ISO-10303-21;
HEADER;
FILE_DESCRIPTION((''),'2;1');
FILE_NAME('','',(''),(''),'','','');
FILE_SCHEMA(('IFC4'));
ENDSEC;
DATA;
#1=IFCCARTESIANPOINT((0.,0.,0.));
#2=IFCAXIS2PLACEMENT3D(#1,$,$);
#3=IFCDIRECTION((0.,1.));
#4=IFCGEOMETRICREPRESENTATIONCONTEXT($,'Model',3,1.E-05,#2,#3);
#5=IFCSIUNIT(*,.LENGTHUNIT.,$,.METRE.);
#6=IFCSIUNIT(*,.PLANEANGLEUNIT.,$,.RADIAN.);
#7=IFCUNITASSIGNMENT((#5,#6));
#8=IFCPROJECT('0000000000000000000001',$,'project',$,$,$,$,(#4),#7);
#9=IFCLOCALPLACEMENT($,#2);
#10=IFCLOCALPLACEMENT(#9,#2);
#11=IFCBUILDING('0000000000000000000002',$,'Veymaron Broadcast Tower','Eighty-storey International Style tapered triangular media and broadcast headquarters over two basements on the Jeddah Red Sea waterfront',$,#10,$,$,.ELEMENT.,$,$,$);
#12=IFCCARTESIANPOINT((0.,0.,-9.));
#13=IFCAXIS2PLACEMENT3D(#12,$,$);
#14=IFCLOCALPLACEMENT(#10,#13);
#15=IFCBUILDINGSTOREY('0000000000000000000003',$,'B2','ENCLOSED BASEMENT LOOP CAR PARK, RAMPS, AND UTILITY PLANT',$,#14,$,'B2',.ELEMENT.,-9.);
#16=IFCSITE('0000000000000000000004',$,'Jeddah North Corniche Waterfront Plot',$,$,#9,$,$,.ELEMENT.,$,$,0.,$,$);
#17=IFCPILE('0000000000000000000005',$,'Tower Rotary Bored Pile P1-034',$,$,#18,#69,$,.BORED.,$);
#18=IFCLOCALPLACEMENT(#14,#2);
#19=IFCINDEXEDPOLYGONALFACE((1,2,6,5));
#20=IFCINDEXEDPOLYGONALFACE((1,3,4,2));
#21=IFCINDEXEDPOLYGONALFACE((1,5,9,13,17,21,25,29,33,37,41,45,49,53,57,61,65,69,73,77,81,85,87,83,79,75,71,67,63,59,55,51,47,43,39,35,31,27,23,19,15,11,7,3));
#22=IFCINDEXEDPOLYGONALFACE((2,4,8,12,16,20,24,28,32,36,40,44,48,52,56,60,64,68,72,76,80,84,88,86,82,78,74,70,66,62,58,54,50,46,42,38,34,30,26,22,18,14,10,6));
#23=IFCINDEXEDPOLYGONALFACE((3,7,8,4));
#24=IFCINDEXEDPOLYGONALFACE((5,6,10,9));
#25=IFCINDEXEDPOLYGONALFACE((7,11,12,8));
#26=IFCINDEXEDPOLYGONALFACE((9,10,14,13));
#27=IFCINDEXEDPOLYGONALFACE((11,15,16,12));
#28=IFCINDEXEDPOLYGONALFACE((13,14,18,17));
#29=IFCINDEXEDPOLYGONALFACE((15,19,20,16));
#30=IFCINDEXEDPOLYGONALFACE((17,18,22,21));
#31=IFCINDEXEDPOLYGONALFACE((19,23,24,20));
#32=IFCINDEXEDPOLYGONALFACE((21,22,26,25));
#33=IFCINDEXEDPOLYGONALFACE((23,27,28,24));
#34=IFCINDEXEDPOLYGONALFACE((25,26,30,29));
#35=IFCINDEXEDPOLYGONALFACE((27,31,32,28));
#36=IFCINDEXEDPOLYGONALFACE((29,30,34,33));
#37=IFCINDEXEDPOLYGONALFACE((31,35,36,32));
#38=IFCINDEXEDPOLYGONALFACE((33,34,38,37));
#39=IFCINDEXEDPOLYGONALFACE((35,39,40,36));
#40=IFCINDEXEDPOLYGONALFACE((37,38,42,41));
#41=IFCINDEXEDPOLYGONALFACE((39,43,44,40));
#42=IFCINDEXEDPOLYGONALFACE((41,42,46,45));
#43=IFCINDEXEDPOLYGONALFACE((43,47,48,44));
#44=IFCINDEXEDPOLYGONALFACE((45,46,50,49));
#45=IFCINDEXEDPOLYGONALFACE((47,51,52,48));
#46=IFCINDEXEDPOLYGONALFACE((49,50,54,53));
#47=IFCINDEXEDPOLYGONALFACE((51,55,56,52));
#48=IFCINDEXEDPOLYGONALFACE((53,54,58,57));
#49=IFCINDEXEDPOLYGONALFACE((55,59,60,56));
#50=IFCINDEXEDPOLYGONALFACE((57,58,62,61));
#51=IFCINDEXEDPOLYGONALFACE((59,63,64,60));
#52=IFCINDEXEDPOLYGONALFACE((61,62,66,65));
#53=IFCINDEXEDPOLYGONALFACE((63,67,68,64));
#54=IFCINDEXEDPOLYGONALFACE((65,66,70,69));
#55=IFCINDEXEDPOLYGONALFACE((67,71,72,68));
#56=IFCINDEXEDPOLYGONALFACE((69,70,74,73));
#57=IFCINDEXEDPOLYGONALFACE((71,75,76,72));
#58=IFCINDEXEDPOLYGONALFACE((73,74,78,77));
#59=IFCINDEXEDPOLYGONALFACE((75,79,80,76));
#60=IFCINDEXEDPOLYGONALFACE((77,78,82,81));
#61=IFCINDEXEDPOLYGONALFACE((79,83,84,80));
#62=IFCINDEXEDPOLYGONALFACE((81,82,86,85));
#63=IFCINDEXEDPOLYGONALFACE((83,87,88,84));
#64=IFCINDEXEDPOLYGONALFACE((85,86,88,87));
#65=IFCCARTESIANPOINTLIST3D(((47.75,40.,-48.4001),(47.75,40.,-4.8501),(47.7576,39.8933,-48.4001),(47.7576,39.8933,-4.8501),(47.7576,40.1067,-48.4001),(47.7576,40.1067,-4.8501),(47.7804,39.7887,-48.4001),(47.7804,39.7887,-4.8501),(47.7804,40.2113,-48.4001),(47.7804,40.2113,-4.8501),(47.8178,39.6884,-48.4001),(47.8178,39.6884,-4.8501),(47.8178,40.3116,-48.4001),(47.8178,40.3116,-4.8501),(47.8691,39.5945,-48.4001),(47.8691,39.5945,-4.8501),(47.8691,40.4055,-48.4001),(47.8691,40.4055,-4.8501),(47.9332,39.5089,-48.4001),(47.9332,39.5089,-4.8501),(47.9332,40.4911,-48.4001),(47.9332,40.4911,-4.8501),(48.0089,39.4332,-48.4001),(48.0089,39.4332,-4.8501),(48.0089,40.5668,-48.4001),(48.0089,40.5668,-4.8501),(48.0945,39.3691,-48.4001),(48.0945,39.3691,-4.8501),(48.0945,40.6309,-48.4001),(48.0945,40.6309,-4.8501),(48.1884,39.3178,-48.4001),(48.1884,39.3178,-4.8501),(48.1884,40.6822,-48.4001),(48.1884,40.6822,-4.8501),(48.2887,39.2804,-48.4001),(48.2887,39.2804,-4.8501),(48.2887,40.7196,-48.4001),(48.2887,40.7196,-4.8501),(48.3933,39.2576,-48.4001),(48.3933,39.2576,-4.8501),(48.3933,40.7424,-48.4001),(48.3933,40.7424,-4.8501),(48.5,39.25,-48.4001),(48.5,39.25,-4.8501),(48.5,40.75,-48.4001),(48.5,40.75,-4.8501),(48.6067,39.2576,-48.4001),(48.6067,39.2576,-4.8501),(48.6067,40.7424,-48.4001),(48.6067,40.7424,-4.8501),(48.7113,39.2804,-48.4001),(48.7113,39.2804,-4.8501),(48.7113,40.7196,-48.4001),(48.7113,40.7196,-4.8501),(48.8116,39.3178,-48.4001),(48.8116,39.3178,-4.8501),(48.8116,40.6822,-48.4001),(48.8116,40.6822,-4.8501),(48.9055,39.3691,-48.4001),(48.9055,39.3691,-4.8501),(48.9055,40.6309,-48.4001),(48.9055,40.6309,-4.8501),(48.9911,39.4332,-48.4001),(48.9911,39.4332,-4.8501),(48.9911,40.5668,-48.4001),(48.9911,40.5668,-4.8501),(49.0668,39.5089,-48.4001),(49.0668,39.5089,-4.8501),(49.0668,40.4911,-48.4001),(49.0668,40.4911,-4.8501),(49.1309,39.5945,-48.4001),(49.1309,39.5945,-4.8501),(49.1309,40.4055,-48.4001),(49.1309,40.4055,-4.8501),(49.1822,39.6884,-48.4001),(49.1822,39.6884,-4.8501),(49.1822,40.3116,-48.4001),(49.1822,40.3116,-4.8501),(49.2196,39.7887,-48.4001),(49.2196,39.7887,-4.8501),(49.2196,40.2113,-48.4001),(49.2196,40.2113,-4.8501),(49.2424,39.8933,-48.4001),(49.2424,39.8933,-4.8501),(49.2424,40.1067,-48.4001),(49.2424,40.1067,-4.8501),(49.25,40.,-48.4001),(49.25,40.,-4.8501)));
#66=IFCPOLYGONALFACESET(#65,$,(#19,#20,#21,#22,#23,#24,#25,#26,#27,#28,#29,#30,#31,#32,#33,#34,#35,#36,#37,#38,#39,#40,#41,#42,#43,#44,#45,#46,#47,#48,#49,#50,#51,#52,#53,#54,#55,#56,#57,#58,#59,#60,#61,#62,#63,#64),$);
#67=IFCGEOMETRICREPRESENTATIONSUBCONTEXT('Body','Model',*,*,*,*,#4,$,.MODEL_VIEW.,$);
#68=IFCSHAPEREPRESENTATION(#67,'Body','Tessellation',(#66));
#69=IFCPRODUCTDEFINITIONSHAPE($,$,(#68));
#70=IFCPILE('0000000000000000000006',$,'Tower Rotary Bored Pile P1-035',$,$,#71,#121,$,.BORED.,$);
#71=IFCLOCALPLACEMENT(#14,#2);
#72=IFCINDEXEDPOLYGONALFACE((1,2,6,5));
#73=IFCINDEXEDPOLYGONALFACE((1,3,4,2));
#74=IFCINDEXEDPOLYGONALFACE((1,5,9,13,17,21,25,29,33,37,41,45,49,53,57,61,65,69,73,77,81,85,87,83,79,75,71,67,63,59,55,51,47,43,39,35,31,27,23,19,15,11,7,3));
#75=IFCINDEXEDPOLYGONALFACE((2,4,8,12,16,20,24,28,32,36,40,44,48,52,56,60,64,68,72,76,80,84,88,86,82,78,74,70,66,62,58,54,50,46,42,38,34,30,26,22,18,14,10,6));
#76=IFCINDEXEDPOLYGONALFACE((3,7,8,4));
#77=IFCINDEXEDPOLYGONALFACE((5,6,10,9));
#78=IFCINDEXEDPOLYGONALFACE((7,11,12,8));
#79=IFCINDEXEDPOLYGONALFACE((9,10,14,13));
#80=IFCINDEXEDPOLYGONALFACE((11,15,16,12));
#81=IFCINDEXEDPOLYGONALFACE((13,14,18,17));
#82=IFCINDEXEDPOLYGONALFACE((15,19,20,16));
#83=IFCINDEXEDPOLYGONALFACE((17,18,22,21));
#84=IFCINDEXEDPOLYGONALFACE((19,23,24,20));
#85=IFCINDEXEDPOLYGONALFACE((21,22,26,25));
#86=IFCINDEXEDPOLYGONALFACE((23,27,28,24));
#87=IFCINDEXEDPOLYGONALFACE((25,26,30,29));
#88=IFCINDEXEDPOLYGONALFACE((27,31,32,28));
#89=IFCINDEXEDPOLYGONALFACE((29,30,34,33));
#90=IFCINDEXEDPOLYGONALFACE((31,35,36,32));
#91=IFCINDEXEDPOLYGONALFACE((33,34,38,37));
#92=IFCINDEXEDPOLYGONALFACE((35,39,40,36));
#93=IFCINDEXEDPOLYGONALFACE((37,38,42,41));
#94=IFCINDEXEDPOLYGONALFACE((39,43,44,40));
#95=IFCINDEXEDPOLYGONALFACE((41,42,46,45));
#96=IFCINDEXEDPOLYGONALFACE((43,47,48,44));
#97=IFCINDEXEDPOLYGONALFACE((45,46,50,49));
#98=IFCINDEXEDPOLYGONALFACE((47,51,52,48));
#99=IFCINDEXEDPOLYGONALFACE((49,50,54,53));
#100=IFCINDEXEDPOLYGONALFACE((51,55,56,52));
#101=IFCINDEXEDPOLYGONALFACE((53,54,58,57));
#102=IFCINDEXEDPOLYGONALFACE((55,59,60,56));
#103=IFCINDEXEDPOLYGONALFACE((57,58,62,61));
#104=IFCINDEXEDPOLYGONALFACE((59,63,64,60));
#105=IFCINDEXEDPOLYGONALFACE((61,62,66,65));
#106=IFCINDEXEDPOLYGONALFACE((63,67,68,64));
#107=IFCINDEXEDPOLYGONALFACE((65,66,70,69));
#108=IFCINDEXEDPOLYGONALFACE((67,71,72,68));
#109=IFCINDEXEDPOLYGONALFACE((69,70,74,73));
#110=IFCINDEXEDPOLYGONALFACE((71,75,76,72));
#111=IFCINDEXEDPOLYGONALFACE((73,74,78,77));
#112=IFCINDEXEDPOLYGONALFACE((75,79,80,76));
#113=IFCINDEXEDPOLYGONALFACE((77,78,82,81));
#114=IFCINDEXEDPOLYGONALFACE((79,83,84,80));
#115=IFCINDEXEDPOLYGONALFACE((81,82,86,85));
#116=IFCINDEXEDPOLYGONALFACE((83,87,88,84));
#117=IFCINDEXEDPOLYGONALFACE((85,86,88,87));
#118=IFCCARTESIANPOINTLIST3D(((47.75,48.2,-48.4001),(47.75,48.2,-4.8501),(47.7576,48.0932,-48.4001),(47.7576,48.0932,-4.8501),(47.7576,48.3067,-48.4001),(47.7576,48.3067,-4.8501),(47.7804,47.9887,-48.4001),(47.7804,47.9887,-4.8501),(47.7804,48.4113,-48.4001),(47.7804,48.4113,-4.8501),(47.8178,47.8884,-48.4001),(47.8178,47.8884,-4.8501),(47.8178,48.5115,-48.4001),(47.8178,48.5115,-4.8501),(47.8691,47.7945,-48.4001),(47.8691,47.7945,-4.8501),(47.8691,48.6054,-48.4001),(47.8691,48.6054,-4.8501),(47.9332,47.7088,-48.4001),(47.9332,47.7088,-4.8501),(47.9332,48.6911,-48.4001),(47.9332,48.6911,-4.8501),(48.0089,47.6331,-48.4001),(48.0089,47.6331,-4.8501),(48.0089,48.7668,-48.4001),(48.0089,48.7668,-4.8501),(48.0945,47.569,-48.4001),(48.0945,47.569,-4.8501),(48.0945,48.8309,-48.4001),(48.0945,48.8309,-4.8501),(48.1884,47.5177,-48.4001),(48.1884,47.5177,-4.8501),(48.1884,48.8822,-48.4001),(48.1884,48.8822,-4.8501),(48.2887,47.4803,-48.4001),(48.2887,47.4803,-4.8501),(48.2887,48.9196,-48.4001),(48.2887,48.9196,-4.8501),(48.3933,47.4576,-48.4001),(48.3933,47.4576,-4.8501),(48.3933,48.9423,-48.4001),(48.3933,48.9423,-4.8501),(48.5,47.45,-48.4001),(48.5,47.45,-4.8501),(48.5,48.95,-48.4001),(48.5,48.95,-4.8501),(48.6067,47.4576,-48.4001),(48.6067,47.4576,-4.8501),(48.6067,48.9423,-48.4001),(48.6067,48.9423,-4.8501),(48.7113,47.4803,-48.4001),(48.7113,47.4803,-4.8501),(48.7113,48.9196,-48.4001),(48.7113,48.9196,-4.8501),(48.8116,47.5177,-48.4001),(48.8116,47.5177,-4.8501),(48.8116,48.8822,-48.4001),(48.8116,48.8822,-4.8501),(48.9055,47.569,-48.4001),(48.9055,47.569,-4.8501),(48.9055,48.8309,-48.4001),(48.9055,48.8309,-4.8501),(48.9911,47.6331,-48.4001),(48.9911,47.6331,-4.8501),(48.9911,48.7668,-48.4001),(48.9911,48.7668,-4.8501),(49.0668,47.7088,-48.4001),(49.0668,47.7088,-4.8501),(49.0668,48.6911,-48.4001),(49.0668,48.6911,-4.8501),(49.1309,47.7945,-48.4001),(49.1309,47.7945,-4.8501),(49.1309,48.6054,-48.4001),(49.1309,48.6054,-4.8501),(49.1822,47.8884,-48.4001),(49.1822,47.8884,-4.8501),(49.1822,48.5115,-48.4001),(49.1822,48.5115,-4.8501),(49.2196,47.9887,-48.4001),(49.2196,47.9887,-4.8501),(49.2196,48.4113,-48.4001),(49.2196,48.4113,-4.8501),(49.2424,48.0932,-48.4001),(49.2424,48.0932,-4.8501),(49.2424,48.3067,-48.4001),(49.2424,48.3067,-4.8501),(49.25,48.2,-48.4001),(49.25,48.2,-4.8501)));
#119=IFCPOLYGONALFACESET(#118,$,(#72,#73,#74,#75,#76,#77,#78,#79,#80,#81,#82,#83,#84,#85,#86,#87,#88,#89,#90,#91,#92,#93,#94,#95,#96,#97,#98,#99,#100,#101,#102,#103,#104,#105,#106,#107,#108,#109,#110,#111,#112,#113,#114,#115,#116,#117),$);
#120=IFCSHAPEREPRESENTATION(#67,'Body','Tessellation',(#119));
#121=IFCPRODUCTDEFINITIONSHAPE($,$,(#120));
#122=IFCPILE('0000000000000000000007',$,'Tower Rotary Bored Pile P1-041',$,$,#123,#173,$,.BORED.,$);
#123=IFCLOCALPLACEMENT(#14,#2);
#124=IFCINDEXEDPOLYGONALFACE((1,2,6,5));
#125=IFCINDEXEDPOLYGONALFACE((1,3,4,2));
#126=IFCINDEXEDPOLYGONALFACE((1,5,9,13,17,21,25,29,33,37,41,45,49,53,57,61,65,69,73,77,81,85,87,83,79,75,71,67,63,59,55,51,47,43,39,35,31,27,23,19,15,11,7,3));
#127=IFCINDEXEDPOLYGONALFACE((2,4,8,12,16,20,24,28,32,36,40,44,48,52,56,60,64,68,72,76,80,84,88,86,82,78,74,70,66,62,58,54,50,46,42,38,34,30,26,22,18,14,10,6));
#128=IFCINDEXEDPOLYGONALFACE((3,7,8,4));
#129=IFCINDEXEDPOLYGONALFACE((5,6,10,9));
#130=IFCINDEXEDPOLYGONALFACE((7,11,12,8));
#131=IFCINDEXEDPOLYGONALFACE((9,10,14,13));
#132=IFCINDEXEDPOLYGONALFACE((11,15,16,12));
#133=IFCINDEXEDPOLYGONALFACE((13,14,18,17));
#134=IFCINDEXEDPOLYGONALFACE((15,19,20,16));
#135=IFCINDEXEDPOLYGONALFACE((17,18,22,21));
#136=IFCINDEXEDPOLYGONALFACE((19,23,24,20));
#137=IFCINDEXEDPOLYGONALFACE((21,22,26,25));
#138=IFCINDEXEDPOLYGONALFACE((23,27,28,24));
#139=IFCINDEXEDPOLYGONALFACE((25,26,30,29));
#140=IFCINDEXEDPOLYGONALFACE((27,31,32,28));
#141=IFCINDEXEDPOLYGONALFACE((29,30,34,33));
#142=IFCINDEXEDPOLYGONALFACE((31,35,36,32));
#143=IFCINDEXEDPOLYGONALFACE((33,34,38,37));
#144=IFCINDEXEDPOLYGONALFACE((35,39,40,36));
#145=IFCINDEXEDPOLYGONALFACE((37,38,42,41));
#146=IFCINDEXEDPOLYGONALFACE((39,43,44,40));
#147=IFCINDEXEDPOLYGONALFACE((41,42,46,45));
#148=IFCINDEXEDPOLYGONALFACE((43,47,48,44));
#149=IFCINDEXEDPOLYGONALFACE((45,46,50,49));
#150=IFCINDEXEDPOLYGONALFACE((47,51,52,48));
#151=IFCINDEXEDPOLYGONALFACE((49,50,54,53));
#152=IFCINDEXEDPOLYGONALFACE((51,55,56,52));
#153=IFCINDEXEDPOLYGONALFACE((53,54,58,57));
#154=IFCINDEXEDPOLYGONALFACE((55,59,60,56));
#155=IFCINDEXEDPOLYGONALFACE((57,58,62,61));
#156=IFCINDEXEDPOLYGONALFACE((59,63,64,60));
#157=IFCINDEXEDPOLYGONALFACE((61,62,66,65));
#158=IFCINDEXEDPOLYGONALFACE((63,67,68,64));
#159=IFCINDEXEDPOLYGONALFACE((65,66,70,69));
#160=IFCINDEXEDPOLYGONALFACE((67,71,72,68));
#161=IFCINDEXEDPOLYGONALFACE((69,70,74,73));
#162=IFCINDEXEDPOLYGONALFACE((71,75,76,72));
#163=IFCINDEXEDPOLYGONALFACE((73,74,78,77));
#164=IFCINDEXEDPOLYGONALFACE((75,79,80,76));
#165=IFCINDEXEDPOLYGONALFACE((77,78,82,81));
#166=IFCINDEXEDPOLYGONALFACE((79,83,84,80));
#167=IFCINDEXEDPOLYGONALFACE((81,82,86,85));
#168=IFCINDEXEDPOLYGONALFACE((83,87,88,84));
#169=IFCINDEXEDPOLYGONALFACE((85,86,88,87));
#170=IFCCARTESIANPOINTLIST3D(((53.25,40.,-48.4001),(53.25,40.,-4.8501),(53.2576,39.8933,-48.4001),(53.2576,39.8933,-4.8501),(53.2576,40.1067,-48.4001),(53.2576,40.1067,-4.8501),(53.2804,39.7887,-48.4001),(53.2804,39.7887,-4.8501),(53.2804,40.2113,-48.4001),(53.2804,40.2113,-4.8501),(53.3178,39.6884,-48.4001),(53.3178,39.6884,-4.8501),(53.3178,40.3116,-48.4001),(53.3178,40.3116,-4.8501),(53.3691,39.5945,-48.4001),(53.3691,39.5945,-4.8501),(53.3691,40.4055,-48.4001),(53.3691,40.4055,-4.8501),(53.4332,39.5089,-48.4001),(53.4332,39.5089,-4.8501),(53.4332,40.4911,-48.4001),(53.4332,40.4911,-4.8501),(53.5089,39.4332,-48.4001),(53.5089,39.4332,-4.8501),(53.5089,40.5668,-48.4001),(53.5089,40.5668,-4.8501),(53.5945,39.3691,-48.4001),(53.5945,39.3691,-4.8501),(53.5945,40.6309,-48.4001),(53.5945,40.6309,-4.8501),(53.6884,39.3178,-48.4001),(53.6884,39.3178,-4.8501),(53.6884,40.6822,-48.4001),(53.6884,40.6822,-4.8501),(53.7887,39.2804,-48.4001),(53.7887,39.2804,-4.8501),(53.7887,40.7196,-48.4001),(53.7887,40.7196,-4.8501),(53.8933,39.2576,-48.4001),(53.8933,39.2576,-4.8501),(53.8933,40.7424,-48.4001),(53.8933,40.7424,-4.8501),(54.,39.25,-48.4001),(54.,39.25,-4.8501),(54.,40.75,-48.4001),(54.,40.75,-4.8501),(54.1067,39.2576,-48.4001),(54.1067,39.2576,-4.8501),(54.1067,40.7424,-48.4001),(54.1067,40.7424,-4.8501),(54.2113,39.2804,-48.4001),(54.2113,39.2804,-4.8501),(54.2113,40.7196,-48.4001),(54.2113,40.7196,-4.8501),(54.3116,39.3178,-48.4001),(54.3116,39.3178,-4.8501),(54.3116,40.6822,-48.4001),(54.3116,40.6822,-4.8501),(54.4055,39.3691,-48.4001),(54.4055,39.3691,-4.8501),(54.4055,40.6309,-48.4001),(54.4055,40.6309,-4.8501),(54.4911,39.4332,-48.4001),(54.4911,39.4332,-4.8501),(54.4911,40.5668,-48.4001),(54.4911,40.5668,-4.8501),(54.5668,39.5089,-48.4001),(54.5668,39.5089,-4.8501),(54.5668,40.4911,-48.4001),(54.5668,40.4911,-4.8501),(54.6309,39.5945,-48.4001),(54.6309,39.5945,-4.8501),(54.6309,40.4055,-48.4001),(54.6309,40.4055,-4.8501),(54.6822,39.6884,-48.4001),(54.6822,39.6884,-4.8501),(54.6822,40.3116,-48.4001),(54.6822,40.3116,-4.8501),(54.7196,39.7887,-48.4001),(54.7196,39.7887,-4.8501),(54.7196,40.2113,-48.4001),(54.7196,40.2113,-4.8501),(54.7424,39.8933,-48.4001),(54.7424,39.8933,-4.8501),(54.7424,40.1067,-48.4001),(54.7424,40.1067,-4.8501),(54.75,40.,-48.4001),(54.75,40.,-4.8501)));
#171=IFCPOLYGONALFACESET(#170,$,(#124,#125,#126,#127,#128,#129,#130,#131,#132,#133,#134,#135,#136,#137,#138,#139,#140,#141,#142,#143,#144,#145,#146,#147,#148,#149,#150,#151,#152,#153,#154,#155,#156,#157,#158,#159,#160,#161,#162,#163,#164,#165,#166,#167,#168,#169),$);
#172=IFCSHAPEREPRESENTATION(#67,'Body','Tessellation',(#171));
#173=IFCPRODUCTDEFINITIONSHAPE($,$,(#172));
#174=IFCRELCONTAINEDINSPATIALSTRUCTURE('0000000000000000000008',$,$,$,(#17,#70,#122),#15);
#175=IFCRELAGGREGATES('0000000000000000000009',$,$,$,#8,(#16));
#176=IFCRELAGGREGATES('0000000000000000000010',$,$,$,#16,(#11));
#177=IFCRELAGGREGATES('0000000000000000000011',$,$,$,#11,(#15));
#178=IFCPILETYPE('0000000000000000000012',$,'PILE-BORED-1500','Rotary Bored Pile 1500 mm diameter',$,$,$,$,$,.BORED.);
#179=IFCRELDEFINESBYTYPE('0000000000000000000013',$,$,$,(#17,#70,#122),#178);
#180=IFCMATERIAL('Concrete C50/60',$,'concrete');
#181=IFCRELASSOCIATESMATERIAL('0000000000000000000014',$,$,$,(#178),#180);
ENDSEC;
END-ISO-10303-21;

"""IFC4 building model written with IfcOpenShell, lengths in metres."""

from ifc_helpers import new_model, si_unit, direction, frame, origin, origin_2d, place, context, subcontext, project, spatial, circle, extrude, material, material_profile, profile_set, type_object, element, save


model = new_model("IFC4")

# Units and contexts
model_context = context("Model", 3, precision=1e-05, world=origin(), true_north=direction((0.0, 1.0)))
body_context = subcontext(model_context, "Body", "Model", "MODEL_VIEW")
ifc_project = project(units=[si_unit("LENGTHUNIT", "METRE"), si_unit("PLANEANGLEUNIT", "RADIAN")], contexts=[model_context])

# Site, building, storey
site_placement = place(None, origin())
site = spatial("IfcSite", under=ifc_project, at=site_placement, Name="Jeddah North Corniche Waterfront Plot", CompositionType="ELEMENT", RefElevation=0.0)
building_placement = place(site_placement, origin())
building = spatial("IfcBuilding", under=site, at=building_placement, Name="Veymaron Broadcast Tower", Description="Eighty-storey International Style tapered triangular media and broadcast headquarters over two basements on the Jeddah Red Sea waterfront", CompositionType="ELEMENT")
storey_placement = place(building_placement, frame((0.0, 0.0, -9.0)))
storey = spatial("IfcBuildingStorey", under=building, at=storey_placement, Name="B2", Description="ENCLOSED BASEMENT LOOP CAR PARK, RAMPS, AND UTILITY PLANT", LongName="B2", CompositionType="ELEMENT", Elevation=-9.0)

# Piles
ifc_material_1 = material(Name="Concrete C50/60", Category="concrete")
ifc_material_profile_1 = material_profile(ifc_material_1, circle(Radius=0.75, at=origin_2d()), Name="PILE1500")
ifc_profile_set_1 = profile_set([ifc_material_profile_1], Name="Concrete C50/60")
pile_type = type_object("IfcPileType", Name="PILE-BORED-1500", Description="Rotary Bored Pile 1500 mm diameter", PredefinedType="BORED", material=ifc_profile_set_1)
for number, where, z_axis, x_axis, name in (
    (1, (48.5, 40.0, -4.8501), (0.0, 0.0, -1.0), (1.0, 0.0, 0.0), "Tower Rotary Bored Pile P1-034"),
    (2, (48.5, 48.2, -4.8501), (0.0, 0.0, -1.0), (1.0, 0.0, 0.0), "Tower Rotary Bored Pile P1-035"),
    (3, (54.0, 40.0, -4.8501), (0.0, 0.0, -1.0), (1.0, 0.0, 0.0), "Tower Rotary Bored Pile P1-041"),
):
    element("IfcPile", number, at=place(storey_placement, frame(where, z_axis=z_axis, x_axis=x_axis)), inside=storey, type_object=pile_type, Name=name, PredefinedType="BORED", context=body_context, shape_type="SweptSolid", body=[
        extrude(circle(Radius=0.75, at=origin_2d()), origin(), (0.0, 0.0, 1.0), 43.55),
    ])

save(model, "model.ifc")
